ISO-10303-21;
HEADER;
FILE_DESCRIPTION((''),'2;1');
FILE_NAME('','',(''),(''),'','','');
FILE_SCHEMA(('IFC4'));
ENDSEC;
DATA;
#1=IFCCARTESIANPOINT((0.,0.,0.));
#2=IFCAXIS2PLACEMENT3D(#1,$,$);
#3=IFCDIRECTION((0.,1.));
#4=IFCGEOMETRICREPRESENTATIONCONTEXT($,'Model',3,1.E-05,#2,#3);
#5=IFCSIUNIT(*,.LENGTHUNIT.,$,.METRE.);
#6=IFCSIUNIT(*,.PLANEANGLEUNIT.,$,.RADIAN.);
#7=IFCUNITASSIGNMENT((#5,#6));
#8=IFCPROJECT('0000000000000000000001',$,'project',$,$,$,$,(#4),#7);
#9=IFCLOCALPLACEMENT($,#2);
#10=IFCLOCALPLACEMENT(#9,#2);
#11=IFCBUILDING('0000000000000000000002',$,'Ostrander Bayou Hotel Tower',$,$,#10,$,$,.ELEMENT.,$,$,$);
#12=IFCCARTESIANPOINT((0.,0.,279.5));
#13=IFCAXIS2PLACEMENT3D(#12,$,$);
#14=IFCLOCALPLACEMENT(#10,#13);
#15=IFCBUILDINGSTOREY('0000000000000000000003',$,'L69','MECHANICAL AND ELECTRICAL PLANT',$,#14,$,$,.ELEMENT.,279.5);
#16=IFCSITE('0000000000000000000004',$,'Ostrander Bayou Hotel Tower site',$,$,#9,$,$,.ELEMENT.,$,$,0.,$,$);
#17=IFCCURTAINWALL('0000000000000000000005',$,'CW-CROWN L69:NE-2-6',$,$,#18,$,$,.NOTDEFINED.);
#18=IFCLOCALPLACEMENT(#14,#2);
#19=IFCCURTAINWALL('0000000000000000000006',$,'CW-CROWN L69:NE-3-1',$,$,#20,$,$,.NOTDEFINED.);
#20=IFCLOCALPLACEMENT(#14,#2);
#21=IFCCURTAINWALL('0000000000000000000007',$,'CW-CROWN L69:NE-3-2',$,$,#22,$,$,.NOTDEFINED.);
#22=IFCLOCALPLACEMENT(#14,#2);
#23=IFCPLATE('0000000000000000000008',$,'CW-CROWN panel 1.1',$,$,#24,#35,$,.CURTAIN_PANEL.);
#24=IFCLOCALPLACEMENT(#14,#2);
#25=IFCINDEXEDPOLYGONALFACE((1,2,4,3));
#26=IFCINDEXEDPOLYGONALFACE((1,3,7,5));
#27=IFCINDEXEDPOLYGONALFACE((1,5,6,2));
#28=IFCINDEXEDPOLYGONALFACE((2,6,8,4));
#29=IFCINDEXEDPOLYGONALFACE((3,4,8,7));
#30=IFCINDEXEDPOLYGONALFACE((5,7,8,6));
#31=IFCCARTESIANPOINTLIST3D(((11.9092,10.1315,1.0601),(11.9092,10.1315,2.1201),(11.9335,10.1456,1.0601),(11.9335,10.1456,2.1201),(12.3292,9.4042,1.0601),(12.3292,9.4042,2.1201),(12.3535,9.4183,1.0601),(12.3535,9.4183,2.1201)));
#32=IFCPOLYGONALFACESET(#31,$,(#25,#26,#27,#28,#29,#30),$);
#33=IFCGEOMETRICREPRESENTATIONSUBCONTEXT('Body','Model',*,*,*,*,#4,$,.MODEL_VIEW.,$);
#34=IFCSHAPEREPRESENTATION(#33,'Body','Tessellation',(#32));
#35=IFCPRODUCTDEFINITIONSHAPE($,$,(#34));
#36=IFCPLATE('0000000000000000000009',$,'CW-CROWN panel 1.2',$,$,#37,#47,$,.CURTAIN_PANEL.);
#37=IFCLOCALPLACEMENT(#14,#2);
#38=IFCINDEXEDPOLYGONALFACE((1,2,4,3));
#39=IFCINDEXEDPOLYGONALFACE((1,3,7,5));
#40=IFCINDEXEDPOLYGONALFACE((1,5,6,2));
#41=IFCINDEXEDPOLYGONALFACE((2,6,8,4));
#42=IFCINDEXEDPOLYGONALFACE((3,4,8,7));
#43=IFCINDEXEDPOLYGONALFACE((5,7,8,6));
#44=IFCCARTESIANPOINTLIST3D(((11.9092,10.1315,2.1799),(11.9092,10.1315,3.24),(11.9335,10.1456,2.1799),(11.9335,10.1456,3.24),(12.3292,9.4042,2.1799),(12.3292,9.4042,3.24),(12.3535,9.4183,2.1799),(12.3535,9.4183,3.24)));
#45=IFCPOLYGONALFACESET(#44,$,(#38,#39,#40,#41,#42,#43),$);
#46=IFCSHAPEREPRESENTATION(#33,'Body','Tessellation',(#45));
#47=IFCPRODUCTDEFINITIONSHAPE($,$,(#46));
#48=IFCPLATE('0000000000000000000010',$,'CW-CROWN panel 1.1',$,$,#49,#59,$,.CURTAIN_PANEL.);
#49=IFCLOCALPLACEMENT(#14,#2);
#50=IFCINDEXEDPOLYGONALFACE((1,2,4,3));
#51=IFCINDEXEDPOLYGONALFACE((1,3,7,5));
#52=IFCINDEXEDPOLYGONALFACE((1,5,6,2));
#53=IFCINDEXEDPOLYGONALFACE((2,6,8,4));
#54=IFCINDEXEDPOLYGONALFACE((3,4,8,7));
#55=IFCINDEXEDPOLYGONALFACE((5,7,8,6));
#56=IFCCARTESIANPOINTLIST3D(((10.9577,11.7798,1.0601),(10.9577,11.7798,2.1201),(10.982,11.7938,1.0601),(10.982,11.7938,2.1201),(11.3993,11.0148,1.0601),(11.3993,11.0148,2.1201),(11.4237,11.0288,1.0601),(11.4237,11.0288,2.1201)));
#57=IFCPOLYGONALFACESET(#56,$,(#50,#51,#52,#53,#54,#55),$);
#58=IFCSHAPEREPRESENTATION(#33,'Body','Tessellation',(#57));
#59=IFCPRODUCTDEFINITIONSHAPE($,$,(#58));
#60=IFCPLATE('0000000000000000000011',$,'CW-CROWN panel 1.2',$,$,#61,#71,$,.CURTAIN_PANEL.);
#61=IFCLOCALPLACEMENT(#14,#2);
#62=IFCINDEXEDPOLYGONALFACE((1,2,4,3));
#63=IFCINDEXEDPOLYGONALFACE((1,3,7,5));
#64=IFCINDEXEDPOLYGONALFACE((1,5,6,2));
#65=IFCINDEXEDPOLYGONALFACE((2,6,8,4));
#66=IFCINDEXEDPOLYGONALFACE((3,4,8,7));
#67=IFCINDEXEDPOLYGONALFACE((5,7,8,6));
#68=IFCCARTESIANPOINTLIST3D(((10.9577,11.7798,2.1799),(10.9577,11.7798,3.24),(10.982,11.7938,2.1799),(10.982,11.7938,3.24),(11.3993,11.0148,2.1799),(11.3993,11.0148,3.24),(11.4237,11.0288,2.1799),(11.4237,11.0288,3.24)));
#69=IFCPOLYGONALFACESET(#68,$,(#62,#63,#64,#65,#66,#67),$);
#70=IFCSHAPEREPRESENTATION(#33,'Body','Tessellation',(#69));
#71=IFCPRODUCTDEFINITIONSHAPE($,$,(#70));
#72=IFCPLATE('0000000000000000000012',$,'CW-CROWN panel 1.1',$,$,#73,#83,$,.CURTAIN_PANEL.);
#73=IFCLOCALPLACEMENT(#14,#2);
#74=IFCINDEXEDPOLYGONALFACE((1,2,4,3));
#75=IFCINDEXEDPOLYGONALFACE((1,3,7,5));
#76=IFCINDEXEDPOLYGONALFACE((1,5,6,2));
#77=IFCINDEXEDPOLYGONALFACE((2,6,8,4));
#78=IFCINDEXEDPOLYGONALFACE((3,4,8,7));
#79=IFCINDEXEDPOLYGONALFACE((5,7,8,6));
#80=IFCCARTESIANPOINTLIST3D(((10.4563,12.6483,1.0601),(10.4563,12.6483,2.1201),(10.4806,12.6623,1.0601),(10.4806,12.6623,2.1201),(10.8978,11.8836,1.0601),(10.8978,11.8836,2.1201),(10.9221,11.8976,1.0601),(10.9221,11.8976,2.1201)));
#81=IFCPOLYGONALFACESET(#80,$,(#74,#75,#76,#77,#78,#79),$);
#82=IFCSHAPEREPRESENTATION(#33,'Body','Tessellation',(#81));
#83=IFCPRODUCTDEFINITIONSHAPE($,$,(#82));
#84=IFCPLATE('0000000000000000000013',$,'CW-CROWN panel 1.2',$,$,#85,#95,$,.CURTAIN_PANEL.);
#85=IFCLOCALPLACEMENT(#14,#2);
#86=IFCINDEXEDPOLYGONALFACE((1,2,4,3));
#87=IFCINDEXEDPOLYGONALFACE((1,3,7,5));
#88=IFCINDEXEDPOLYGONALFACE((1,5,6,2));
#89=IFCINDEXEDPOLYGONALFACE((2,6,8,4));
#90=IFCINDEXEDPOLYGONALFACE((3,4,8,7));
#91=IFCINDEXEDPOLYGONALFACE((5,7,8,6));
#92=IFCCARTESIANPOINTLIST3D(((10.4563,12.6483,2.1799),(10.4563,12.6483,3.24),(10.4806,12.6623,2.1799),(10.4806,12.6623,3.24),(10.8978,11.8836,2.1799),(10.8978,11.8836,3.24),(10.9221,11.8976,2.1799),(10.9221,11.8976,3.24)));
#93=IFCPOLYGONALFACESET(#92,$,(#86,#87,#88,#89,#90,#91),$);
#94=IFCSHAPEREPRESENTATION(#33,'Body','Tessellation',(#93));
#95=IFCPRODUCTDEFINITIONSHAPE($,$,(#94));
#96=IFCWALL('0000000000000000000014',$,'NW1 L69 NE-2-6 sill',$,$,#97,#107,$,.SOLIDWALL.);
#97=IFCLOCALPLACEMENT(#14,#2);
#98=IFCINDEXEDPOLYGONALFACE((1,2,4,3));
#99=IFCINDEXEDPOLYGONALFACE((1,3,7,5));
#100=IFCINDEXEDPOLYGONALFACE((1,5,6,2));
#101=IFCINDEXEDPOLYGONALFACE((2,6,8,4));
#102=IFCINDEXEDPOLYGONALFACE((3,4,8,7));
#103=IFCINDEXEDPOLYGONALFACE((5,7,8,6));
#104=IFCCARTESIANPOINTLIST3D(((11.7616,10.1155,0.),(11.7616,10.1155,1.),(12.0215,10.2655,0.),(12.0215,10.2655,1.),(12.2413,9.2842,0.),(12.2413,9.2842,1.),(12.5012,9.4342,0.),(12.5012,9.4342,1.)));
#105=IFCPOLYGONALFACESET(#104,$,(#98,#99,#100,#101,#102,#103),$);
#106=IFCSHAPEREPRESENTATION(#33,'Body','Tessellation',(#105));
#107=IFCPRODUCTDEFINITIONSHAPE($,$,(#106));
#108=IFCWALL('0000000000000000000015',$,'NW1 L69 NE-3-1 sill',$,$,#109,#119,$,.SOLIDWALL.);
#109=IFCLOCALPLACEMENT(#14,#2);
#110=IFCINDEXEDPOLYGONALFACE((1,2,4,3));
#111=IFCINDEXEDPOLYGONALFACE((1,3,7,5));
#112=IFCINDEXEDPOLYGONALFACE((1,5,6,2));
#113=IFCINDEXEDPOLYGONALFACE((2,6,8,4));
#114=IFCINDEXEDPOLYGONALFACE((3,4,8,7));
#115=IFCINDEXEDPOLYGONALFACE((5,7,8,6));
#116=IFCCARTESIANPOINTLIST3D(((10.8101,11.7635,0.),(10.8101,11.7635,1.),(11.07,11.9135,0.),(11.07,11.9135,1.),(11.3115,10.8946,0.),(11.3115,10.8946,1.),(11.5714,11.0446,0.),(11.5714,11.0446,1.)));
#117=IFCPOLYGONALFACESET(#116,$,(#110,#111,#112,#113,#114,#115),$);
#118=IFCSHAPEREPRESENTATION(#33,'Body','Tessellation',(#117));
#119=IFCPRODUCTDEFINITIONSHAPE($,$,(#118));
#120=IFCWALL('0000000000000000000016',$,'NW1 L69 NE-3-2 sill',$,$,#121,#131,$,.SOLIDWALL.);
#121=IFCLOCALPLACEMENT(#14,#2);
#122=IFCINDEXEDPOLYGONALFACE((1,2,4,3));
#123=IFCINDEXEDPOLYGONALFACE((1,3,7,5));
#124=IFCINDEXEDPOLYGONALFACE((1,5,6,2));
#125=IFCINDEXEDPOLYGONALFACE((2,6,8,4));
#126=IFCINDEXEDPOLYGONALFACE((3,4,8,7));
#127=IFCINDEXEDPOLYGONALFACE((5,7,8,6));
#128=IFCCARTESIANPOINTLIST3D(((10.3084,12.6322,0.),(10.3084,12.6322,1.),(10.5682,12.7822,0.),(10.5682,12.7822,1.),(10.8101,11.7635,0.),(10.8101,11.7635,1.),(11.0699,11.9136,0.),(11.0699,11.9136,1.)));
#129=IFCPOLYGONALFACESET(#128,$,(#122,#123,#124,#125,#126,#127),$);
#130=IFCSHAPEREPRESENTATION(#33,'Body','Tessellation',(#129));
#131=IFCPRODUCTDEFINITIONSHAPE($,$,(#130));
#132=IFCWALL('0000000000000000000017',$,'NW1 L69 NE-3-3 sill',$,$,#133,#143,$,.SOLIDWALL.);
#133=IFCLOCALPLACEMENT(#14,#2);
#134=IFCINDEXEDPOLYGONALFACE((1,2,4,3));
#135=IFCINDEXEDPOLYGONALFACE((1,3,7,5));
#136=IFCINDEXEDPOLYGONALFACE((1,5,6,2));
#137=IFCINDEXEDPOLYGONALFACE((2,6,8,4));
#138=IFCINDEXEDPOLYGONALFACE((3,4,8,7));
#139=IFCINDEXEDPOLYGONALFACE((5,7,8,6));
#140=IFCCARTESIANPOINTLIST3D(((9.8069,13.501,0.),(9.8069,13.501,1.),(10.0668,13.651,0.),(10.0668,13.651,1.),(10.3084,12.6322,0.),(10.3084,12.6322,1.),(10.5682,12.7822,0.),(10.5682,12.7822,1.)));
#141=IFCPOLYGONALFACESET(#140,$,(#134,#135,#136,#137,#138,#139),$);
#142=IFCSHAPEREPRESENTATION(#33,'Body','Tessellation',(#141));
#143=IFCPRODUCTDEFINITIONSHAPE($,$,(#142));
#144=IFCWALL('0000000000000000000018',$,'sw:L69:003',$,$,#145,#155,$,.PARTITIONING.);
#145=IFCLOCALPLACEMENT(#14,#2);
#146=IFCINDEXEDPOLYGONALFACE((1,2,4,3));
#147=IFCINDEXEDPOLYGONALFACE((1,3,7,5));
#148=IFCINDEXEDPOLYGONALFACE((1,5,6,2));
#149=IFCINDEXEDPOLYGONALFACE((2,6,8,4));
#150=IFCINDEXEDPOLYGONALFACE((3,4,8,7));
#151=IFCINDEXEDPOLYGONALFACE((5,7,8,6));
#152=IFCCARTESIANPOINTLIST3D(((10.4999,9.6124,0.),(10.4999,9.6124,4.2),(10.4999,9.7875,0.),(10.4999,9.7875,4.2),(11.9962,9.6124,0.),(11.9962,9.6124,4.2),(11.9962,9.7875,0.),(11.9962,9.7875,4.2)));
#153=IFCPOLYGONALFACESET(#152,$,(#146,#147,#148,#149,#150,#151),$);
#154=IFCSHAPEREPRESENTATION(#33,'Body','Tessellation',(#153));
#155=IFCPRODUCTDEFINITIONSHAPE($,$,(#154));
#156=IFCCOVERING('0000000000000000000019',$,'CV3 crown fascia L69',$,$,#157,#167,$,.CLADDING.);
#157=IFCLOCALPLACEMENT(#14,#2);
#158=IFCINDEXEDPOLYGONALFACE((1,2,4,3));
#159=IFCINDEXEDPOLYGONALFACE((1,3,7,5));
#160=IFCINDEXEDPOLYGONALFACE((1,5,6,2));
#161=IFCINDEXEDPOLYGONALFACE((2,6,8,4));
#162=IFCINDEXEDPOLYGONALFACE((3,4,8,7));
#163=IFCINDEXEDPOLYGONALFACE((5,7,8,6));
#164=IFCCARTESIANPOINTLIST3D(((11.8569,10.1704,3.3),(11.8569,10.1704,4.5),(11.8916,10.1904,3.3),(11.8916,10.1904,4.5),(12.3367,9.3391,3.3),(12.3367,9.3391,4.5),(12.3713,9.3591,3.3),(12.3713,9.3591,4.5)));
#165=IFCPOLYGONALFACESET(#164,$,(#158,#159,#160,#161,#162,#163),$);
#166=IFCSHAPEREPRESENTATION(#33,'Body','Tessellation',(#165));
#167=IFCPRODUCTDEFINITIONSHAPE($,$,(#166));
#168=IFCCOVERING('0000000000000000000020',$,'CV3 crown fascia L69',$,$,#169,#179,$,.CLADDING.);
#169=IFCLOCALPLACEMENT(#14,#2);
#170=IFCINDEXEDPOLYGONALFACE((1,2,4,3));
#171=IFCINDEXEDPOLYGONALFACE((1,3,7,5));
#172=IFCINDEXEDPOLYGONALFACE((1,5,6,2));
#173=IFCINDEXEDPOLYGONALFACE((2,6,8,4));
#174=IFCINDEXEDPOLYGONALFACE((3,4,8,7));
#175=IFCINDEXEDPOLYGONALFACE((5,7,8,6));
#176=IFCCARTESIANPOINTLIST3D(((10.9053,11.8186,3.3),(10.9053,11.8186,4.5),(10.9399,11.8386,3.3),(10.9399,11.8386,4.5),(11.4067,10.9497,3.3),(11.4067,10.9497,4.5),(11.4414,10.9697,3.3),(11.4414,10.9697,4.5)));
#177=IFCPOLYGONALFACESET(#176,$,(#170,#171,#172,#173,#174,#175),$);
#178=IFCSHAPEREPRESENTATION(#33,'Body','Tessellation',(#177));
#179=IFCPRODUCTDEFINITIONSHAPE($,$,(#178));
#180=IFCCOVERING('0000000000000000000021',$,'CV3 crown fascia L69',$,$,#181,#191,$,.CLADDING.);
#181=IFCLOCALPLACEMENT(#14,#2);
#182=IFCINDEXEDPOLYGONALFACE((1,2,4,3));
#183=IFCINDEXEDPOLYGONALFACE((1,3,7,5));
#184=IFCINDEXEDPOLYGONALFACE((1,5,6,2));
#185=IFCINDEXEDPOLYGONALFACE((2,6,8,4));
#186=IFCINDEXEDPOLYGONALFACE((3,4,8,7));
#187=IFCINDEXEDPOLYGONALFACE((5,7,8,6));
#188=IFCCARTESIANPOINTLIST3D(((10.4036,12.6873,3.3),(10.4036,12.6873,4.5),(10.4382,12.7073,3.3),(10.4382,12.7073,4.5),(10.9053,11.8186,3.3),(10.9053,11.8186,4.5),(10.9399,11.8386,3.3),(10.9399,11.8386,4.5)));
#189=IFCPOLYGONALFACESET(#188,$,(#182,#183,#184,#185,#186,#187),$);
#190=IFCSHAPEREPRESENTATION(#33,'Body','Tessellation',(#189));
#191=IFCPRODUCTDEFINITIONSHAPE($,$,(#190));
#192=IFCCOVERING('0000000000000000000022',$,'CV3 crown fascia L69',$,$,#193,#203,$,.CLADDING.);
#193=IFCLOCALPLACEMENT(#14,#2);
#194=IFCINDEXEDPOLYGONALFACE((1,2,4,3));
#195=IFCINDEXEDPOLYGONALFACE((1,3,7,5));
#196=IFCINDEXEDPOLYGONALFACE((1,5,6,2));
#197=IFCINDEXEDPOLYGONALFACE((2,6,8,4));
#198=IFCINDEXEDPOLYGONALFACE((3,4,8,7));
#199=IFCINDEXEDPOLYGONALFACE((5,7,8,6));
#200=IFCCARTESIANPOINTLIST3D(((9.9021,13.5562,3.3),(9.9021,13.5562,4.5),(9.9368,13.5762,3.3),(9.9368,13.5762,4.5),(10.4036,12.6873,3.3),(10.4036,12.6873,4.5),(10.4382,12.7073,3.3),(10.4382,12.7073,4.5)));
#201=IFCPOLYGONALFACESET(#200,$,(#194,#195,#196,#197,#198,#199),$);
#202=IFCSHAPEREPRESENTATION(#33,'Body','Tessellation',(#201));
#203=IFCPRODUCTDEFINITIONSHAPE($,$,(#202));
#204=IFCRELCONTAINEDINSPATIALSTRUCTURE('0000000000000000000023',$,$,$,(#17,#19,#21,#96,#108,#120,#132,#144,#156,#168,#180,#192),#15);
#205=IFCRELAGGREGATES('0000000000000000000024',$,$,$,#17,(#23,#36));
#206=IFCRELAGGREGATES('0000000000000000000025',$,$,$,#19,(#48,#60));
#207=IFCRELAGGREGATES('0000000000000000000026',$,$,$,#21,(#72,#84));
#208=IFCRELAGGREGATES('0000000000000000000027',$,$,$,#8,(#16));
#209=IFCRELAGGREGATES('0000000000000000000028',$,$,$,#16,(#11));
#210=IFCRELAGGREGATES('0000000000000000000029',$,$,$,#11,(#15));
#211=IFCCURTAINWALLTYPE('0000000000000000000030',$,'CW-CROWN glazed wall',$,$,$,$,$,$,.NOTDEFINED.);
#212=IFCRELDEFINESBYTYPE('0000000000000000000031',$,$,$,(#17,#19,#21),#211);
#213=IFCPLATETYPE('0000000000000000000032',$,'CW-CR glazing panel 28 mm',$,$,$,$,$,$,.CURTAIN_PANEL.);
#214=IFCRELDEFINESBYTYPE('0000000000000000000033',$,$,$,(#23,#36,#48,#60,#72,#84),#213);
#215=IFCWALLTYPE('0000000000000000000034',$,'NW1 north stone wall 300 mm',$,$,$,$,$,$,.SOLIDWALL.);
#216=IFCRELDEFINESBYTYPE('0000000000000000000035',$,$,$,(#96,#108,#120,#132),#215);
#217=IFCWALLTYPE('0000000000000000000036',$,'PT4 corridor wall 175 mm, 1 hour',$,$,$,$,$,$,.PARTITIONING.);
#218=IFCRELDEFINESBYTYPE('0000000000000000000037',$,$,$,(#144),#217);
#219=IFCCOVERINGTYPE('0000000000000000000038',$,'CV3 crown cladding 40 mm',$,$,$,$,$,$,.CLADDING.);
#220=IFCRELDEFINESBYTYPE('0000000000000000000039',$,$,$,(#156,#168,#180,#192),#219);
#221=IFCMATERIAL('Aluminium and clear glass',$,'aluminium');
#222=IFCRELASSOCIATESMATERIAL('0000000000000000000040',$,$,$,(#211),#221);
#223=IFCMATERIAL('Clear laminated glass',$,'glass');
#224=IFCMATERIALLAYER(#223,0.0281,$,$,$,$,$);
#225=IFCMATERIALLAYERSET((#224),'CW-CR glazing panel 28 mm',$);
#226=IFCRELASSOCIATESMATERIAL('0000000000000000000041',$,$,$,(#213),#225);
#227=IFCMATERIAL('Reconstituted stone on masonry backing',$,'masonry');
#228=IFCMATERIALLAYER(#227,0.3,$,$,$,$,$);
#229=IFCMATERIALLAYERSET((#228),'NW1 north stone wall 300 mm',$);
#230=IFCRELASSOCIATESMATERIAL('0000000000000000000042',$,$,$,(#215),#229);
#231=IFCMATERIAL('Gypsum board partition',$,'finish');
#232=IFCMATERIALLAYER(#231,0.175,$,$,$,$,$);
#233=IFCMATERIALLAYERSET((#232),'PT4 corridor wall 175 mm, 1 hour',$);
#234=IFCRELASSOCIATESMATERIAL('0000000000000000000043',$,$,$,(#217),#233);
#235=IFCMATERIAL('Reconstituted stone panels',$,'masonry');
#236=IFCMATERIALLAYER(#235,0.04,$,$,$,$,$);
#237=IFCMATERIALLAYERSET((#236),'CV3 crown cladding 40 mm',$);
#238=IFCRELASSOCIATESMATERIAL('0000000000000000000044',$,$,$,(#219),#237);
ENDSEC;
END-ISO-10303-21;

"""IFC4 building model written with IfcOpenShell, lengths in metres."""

from ifc_helpers import new_model, si_unit, direction, frame, frame_2d, origin, origin_2d, place, context, subcontext, project, spatial, polyline, rectangle, outline, extrude, material, layer, layer_set, type_object, element, aggregate, save


model = new_model("IFC4")

# Units and contexts
model_context = context("Model", 3, precision=1e-05, world=origin(), true_north=direction((0.0, 1.0)))
body_context = subcontext(model_context, "Body", "Model", "MODEL_VIEW")
ifc_project = project(units=[si_unit("LENGTHUNIT", "METRE"), si_unit("PLANEANGLEUNIT", "RADIAN")], contexts=[model_context])

# Site, building, storey
site_placement = place(None, origin())
site = spatial("IfcSite", under=ifc_project, at=site_placement, Name="Ostrander Bayou Hotel Tower site", CompositionType="ELEMENT", RefElevation=0.0)
building_placement = place(site_placement, origin())
building = spatial("IfcBuilding", under=site, at=building_placement, Name="Ostrander Bayou Hotel Tower", CompositionType="ELEMENT")
storey_placement = place(building_placement, frame((0.0, 0.0, 279.5)))
storey = spatial("IfcBuildingStorey", under=building, at=storey_placement, Name="L69", Description="MECHANICAL AND ELECTRICAL PLANT", CompositionType="ELEMENT", Elevation=279.5)

# Shared definitions
ifc_material_1 = material(Name="Aluminium and clear glass", Category="aluminium")
curtain_wall_type = type_object("IfcCurtainWallType", Name="CW-CROWN glazed wall", PredefinedType="NOTDEFINED", material=ifc_material_1)

# Curtain walls
curtain_wall_1_placement = place(storey_placement, origin())
curtain_wall_1 = element("IfcCurtainWall", 1, at=curtain_wall_1_placement, inside=storey, type_object=curtain_wall_type, Name="CW-CROWN L69:NE-2-6", PredefinedType="NOTDEFINED")
curtain_wall_2_placement = place(storey_placement, origin())
curtain_wall_2 = element("IfcCurtainWall", 2, at=curtain_wall_2_placement, inside=storey, type_object=curtain_wall_type, Name="CW-CROWN L69:NE-3-1", PredefinedType="NOTDEFINED")
curtain_wall_3_placement = place(storey_placement, origin())
curtain_wall_3 = element("IfcCurtainWall", 3, at=curtain_wall_3_placement, inside=storey, type_object=curtain_wall_type, Name="CW-CROWN L69:NE-3-2", PredefinedType="NOTDEFINED")

# Plates
ifc_material_2 = material(Name="Clear laminated glass", Category="glass")
ifc_layer_1 = layer(ifc_material_2, 0.0281)
ifc_layer_set_1 = layer_set([ifc_layer_1], Name="CW-CR glazing panel 28 mm")
plate_type = type_object("IfcPlateType", Name="CW-CR glazing panel 28 mm", PredefinedType="CURTAIN_PANEL", material=ifc_layer_set_1)
plate_1_placement = place(storey_placement, frame((12.1313, 9.7749, 1.0601), z_axis=(0.0, 0.0, 1.0), x_axis=(-0.500005, 0.866022, 0.0)))
plate_1 = element("IfcPlate", 4, at=plate_1_placement, type_object=plate_type, Name="CW-CROWN panel 1.1", PredefinedType="CURTAIN_PANEL", context=body_context, shape_type="SweptSolid", body=[
    extrude(rectangle(XDim=0.8398, YDim=0.0281, at=origin_2d()), origin(), (0.0, 0.0, 1.0), 1.0601),
])
plate_2_placement = place(storey_placement, frame((12.1313, 9.7749, 2.1799), z_axis=(0.0, 0.0, 1.0), x_axis=(-0.500005, 0.866022, 0.0)))
plate_2 = element("IfcPlate", 5, at=plate_2_placement, type_object=plate_type, Name="CW-CROWN panel 1.2", PredefinedType="CURTAIN_PANEL", context=body_context, shape_type="SweptSolid", body=[
    extrude(rectangle(XDim=0.8398, YDim=0.0281, at=origin_2d()), origin(), (0.0, 0.0, 1.0), 1.0601),
])
aggregate(curtain_wall_1, [plate_1, plate_2])
plate_3_placement = place(storey_placement, frame((11.1907, 11.4043, 1.0601), z_axis=(0.0, 0.0, 1.0), x_axis=(-0.499999, 0.866026, 0.0)))
plate_3 = element("IfcPlate", 6, at=plate_3_placement, type_object=plate_type, Name="CW-CROWN panel 1.1", PredefinedType="CURTAIN_PANEL", context=body_context, shape_type="SweptSolid", body=[
    extrude(rectangle(XDim=0.8833, YDim=0.0281, at=origin_2d()), origin(), (0.0, 0.0, 1.0), 1.0601),
])
plate_4_placement = place(storey_placement, frame((11.1907, 11.4043, 2.1799), z_axis=(0.0, 0.0, 1.0), x_axis=(-0.499999, 0.866026, 0.0)))
plate_4 = element("IfcPlate", 7, at=plate_4_placement, type_object=plate_type, Name="CW-CROWN panel 1.2", PredefinedType="CURTAIN_PANEL", context=body_context, shape_type="SweptSolid", body=[
    extrude(rectangle(XDim=0.8833, YDim=0.0281, at=origin_2d()), origin(), (0.0, 0.0, 1.0), 1.0601),
])
aggregate(curtain_wall_2, [plate_3, plate_4])
plate_5_placement = place(storey_placement, frame((10.6892, 12.2729, 1.0601), z_axis=(0.0, 0.0, 1.0), x_axis=(-0.500042, 0.866001, 0.0)))
plate_5 = element("IfcPlate", 8, at=plate_5_placement, type_object=plate_type, Name="CW-CROWN panel 1.1", PredefinedType="CURTAIN_PANEL", context=body_context, shape_type="SweptSolid", body=[
    extrude(rectangle(XDim=0.8831, YDim=0.0281, at=origin_2d()), origin(), (0.0, 0.0, 1.0), 1.0601),
])
plate_6_placement = place(storey_placement, frame((10.6892, 12.2729, 2.1799), z_axis=(0.0, 0.0, 1.0), x_axis=(-0.500042, 0.866001, 0.0)))
plate_6 = element("IfcPlate", 9, at=plate_6_placement, type_object=plate_type, Name="CW-CROWN panel 1.2", PredefinedType="CURTAIN_PANEL", context=body_context, shape_type="SweptSolid", body=[
    extrude(rectangle(XDim=0.8831, YDim=0.0281, at=origin_2d()), origin(), (0.0, 0.0, 1.0), 1.0601),
])
aggregate(curtain_wall_3, [plate_5, plate_6])

# Walls
ifc_material_3 = material(Name="Reconstituted stone on masonry backing", Category="masonry")
ifc_layer_2 = layer(ifc_material_3, 0.3)
ifc_layer_set_2 = layer_set([ifc_layer_2], Name="NW1 north stone wall 300 mm")
wall_type_1 = type_object("IfcWallType", Name="NW1 north stone wall 300 mm", PredefinedType="SOLIDWALL", material=ifc_layer_set_2)
wall_1_placement = place(storey_placement, frame((12.3713, 9.3591, 0.0), z_axis=(0.0, 0.0, 1.0), x_axis=(-0.499833, 0.866122, 0.0)))
element("IfcWall", 10, at=wall_1_placement, inside=storey, type_object=wall_type_1, Name="NW1 L69 NE-2-6 sill", PredefinedType="SOLIDWALL", context=body_context, shape_type="SweptSolid", body=[
    extrude(rectangle(XDim=0.9597, YDim=0.3, at=frame_2d((0.48, 0.0))), origin(), (0.0, 0.0, 1.0), 1.0),
])
for number, where, z_axis, x_axis, name in (
    (11, (11.4414, 10.9697, 0.0), (0.0, 0.0, 1.0), (-0.499856, 0.866109, 0.0), "NW1 L69 NE-3-1 sill"),
    (12, (10.9399, 11.8386, 0.0), (0.0, 0.0, 1.0), (-0.500144, 0.865942, 0.0), "NW1 L69 NE-3-2 sill"),
    (13, (10.4382, 12.7073, 0.0), (0.0, 0.0, 1.0), (-0.499856, 0.866109, 0.0), "NW1 L69 NE-3-3 sill"),
):
    element("IfcWall", number, at=place(storey_placement, frame(where, z_axis=z_axis, x_axis=x_axis)), inside=storey, type_object=wall_type_1, Name=name, PredefinedType="SOLIDWALL", context=body_context, shape_type="SweptSolid", body=[
        extrude(rectangle(XDim=1.0032, YDim=0.3, at=frame_2d((0.5015, 0.0))), origin(), (0.0, 0.0, 1.0), 1.0),
    ])
ifc_material_4 = material(Name="Gypsum board partition", Category="finish")
ifc_layer_3 = layer(ifc_material_4, 0.175)
ifc_layer_set_3 = layer_set([ifc_layer_3], Name="PT4 corridor wall 175 mm, 1 hour")
wall_type_2 = type_object("IfcWallType", Name="PT4 corridor wall 175 mm, 1 hour", PredefinedType="PARTITIONING", material=ifc_layer_set_3)
wall_2_placement = place(storey_placement, frame((10.5, 9.7, 0.0), z_axis=(0.0, 0.0, 1.0), x_axis=(1.0, 0.0, 0.0)))
element("IfcWall", 14, at=wall_2_placement, inside=storey, type_object=wall_type_2, Name="sw:L69:003", PredefinedType="PARTITIONING", context=body_context, shape_type="SweptSolid", body=[
    extrude(rectangle(XDim=1.4963, YDim=0.175, at=frame_2d((0.748, 0.0))), origin(), (0.0, 0.0, 1.0), 4.2),
])

# Coverings
ifc_material_5 = material(Name="Reconstituted stone panels", Category="masonry")
ifc_layer_4 = layer(ifc_material_5, 0.04)
ifc_layer_set_4 = layer_set([ifc_layer_4], Name="CV3 crown cladding 40 mm")
covering_type = type_object("IfcCoveringType", Name="CV3 crown cladding 40 mm", PredefinedType="CLADDING", material=ifc_layer_set_4)
covering_1_placement = place(storey_placement, frame((12.3713, 9.3591, 3.3), z_axis=(0.866122, 0.499833, 0.0), x_axis=(-0.499833, 0.866122, 0.0)))
element("IfcCovering", 15, at=covering_1_placement, inside=storey, type_object=covering_type, Name="CV3 crown fascia L69", PredefinedType="CLADDING", context=body_context, shape_type="SweptSolid", body=[
    extrude(outline(polyline([(0.0, 0.0), (0.9598, 0.0), (0.9598, 1.2), (0.0, 1.2), (0.0, 0.0)])), origin(), (0.0, 0.0, -1.0), 0.04),
])
covering_2_placement = place(storey_placement, frame((11.4414, 10.9697, 3.3), z_axis=(0.866109, 0.499856, 0.0), x_axis=(-0.499856, 0.866109, 0.0)))
element("IfcCovering", 16, at=covering_2_placement, inside=storey, type_object=covering_type, Name="CV3 crown fascia L69", PredefinedType="CLADDING", context=body_context, shape_type="SweptSolid", body=[
    extrude(outline(polyline([(0.0, 0.0), (1.0032, 0.0), (1.0032, 1.2), (0.0, 1.2), (0.0, 0.0)])), origin(), (0.0, 0.0, -1.0), 0.04),
])
covering_3_placement = place(storey_placement, frame((10.9399, 11.8386, 3.3), z_axis=(0.865942, 0.500144, 0.0), x_axis=(-0.500144, 0.865942, 0.0)))
element("IfcCovering", 17, at=covering_3_placement, inside=storey, type_object=covering_type, Name="CV3 crown fascia L69", PredefinedType="CLADDING", context=body_context, shape_type="SweptSolid", body=[
    extrude(outline(polyline([(0.0, 0.0), (1.0031, 0.0), (1.0031, 1.2), (0.0, 1.2), (0.0, 0.0)])), origin(), (0.0, 0.0, -1.0), 0.04),
])
covering_4_placement = place(storey_placement, frame((10.4382, 12.7073, 3.3), z_axis=(0.866109, 0.499856, 0.0), x_axis=(-0.499856, 0.866109, 0.0)))
element("IfcCovering", 18, at=covering_4_placement, inside=storey, type_object=covering_type, Name="CV3 crown fascia L69", PredefinedType="CLADDING", context=body_context, shape_type="SweptSolid", body=[
    extrude(outline(polyline([(0.0, 0.0), (1.0032, 0.0), (1.0032, 1.2), (0.0, 1.2), (0.0, 0.0)])), origin(), (0.0, 0.0, -1.0), 0.04),
])

save(model, "model.ifc")
